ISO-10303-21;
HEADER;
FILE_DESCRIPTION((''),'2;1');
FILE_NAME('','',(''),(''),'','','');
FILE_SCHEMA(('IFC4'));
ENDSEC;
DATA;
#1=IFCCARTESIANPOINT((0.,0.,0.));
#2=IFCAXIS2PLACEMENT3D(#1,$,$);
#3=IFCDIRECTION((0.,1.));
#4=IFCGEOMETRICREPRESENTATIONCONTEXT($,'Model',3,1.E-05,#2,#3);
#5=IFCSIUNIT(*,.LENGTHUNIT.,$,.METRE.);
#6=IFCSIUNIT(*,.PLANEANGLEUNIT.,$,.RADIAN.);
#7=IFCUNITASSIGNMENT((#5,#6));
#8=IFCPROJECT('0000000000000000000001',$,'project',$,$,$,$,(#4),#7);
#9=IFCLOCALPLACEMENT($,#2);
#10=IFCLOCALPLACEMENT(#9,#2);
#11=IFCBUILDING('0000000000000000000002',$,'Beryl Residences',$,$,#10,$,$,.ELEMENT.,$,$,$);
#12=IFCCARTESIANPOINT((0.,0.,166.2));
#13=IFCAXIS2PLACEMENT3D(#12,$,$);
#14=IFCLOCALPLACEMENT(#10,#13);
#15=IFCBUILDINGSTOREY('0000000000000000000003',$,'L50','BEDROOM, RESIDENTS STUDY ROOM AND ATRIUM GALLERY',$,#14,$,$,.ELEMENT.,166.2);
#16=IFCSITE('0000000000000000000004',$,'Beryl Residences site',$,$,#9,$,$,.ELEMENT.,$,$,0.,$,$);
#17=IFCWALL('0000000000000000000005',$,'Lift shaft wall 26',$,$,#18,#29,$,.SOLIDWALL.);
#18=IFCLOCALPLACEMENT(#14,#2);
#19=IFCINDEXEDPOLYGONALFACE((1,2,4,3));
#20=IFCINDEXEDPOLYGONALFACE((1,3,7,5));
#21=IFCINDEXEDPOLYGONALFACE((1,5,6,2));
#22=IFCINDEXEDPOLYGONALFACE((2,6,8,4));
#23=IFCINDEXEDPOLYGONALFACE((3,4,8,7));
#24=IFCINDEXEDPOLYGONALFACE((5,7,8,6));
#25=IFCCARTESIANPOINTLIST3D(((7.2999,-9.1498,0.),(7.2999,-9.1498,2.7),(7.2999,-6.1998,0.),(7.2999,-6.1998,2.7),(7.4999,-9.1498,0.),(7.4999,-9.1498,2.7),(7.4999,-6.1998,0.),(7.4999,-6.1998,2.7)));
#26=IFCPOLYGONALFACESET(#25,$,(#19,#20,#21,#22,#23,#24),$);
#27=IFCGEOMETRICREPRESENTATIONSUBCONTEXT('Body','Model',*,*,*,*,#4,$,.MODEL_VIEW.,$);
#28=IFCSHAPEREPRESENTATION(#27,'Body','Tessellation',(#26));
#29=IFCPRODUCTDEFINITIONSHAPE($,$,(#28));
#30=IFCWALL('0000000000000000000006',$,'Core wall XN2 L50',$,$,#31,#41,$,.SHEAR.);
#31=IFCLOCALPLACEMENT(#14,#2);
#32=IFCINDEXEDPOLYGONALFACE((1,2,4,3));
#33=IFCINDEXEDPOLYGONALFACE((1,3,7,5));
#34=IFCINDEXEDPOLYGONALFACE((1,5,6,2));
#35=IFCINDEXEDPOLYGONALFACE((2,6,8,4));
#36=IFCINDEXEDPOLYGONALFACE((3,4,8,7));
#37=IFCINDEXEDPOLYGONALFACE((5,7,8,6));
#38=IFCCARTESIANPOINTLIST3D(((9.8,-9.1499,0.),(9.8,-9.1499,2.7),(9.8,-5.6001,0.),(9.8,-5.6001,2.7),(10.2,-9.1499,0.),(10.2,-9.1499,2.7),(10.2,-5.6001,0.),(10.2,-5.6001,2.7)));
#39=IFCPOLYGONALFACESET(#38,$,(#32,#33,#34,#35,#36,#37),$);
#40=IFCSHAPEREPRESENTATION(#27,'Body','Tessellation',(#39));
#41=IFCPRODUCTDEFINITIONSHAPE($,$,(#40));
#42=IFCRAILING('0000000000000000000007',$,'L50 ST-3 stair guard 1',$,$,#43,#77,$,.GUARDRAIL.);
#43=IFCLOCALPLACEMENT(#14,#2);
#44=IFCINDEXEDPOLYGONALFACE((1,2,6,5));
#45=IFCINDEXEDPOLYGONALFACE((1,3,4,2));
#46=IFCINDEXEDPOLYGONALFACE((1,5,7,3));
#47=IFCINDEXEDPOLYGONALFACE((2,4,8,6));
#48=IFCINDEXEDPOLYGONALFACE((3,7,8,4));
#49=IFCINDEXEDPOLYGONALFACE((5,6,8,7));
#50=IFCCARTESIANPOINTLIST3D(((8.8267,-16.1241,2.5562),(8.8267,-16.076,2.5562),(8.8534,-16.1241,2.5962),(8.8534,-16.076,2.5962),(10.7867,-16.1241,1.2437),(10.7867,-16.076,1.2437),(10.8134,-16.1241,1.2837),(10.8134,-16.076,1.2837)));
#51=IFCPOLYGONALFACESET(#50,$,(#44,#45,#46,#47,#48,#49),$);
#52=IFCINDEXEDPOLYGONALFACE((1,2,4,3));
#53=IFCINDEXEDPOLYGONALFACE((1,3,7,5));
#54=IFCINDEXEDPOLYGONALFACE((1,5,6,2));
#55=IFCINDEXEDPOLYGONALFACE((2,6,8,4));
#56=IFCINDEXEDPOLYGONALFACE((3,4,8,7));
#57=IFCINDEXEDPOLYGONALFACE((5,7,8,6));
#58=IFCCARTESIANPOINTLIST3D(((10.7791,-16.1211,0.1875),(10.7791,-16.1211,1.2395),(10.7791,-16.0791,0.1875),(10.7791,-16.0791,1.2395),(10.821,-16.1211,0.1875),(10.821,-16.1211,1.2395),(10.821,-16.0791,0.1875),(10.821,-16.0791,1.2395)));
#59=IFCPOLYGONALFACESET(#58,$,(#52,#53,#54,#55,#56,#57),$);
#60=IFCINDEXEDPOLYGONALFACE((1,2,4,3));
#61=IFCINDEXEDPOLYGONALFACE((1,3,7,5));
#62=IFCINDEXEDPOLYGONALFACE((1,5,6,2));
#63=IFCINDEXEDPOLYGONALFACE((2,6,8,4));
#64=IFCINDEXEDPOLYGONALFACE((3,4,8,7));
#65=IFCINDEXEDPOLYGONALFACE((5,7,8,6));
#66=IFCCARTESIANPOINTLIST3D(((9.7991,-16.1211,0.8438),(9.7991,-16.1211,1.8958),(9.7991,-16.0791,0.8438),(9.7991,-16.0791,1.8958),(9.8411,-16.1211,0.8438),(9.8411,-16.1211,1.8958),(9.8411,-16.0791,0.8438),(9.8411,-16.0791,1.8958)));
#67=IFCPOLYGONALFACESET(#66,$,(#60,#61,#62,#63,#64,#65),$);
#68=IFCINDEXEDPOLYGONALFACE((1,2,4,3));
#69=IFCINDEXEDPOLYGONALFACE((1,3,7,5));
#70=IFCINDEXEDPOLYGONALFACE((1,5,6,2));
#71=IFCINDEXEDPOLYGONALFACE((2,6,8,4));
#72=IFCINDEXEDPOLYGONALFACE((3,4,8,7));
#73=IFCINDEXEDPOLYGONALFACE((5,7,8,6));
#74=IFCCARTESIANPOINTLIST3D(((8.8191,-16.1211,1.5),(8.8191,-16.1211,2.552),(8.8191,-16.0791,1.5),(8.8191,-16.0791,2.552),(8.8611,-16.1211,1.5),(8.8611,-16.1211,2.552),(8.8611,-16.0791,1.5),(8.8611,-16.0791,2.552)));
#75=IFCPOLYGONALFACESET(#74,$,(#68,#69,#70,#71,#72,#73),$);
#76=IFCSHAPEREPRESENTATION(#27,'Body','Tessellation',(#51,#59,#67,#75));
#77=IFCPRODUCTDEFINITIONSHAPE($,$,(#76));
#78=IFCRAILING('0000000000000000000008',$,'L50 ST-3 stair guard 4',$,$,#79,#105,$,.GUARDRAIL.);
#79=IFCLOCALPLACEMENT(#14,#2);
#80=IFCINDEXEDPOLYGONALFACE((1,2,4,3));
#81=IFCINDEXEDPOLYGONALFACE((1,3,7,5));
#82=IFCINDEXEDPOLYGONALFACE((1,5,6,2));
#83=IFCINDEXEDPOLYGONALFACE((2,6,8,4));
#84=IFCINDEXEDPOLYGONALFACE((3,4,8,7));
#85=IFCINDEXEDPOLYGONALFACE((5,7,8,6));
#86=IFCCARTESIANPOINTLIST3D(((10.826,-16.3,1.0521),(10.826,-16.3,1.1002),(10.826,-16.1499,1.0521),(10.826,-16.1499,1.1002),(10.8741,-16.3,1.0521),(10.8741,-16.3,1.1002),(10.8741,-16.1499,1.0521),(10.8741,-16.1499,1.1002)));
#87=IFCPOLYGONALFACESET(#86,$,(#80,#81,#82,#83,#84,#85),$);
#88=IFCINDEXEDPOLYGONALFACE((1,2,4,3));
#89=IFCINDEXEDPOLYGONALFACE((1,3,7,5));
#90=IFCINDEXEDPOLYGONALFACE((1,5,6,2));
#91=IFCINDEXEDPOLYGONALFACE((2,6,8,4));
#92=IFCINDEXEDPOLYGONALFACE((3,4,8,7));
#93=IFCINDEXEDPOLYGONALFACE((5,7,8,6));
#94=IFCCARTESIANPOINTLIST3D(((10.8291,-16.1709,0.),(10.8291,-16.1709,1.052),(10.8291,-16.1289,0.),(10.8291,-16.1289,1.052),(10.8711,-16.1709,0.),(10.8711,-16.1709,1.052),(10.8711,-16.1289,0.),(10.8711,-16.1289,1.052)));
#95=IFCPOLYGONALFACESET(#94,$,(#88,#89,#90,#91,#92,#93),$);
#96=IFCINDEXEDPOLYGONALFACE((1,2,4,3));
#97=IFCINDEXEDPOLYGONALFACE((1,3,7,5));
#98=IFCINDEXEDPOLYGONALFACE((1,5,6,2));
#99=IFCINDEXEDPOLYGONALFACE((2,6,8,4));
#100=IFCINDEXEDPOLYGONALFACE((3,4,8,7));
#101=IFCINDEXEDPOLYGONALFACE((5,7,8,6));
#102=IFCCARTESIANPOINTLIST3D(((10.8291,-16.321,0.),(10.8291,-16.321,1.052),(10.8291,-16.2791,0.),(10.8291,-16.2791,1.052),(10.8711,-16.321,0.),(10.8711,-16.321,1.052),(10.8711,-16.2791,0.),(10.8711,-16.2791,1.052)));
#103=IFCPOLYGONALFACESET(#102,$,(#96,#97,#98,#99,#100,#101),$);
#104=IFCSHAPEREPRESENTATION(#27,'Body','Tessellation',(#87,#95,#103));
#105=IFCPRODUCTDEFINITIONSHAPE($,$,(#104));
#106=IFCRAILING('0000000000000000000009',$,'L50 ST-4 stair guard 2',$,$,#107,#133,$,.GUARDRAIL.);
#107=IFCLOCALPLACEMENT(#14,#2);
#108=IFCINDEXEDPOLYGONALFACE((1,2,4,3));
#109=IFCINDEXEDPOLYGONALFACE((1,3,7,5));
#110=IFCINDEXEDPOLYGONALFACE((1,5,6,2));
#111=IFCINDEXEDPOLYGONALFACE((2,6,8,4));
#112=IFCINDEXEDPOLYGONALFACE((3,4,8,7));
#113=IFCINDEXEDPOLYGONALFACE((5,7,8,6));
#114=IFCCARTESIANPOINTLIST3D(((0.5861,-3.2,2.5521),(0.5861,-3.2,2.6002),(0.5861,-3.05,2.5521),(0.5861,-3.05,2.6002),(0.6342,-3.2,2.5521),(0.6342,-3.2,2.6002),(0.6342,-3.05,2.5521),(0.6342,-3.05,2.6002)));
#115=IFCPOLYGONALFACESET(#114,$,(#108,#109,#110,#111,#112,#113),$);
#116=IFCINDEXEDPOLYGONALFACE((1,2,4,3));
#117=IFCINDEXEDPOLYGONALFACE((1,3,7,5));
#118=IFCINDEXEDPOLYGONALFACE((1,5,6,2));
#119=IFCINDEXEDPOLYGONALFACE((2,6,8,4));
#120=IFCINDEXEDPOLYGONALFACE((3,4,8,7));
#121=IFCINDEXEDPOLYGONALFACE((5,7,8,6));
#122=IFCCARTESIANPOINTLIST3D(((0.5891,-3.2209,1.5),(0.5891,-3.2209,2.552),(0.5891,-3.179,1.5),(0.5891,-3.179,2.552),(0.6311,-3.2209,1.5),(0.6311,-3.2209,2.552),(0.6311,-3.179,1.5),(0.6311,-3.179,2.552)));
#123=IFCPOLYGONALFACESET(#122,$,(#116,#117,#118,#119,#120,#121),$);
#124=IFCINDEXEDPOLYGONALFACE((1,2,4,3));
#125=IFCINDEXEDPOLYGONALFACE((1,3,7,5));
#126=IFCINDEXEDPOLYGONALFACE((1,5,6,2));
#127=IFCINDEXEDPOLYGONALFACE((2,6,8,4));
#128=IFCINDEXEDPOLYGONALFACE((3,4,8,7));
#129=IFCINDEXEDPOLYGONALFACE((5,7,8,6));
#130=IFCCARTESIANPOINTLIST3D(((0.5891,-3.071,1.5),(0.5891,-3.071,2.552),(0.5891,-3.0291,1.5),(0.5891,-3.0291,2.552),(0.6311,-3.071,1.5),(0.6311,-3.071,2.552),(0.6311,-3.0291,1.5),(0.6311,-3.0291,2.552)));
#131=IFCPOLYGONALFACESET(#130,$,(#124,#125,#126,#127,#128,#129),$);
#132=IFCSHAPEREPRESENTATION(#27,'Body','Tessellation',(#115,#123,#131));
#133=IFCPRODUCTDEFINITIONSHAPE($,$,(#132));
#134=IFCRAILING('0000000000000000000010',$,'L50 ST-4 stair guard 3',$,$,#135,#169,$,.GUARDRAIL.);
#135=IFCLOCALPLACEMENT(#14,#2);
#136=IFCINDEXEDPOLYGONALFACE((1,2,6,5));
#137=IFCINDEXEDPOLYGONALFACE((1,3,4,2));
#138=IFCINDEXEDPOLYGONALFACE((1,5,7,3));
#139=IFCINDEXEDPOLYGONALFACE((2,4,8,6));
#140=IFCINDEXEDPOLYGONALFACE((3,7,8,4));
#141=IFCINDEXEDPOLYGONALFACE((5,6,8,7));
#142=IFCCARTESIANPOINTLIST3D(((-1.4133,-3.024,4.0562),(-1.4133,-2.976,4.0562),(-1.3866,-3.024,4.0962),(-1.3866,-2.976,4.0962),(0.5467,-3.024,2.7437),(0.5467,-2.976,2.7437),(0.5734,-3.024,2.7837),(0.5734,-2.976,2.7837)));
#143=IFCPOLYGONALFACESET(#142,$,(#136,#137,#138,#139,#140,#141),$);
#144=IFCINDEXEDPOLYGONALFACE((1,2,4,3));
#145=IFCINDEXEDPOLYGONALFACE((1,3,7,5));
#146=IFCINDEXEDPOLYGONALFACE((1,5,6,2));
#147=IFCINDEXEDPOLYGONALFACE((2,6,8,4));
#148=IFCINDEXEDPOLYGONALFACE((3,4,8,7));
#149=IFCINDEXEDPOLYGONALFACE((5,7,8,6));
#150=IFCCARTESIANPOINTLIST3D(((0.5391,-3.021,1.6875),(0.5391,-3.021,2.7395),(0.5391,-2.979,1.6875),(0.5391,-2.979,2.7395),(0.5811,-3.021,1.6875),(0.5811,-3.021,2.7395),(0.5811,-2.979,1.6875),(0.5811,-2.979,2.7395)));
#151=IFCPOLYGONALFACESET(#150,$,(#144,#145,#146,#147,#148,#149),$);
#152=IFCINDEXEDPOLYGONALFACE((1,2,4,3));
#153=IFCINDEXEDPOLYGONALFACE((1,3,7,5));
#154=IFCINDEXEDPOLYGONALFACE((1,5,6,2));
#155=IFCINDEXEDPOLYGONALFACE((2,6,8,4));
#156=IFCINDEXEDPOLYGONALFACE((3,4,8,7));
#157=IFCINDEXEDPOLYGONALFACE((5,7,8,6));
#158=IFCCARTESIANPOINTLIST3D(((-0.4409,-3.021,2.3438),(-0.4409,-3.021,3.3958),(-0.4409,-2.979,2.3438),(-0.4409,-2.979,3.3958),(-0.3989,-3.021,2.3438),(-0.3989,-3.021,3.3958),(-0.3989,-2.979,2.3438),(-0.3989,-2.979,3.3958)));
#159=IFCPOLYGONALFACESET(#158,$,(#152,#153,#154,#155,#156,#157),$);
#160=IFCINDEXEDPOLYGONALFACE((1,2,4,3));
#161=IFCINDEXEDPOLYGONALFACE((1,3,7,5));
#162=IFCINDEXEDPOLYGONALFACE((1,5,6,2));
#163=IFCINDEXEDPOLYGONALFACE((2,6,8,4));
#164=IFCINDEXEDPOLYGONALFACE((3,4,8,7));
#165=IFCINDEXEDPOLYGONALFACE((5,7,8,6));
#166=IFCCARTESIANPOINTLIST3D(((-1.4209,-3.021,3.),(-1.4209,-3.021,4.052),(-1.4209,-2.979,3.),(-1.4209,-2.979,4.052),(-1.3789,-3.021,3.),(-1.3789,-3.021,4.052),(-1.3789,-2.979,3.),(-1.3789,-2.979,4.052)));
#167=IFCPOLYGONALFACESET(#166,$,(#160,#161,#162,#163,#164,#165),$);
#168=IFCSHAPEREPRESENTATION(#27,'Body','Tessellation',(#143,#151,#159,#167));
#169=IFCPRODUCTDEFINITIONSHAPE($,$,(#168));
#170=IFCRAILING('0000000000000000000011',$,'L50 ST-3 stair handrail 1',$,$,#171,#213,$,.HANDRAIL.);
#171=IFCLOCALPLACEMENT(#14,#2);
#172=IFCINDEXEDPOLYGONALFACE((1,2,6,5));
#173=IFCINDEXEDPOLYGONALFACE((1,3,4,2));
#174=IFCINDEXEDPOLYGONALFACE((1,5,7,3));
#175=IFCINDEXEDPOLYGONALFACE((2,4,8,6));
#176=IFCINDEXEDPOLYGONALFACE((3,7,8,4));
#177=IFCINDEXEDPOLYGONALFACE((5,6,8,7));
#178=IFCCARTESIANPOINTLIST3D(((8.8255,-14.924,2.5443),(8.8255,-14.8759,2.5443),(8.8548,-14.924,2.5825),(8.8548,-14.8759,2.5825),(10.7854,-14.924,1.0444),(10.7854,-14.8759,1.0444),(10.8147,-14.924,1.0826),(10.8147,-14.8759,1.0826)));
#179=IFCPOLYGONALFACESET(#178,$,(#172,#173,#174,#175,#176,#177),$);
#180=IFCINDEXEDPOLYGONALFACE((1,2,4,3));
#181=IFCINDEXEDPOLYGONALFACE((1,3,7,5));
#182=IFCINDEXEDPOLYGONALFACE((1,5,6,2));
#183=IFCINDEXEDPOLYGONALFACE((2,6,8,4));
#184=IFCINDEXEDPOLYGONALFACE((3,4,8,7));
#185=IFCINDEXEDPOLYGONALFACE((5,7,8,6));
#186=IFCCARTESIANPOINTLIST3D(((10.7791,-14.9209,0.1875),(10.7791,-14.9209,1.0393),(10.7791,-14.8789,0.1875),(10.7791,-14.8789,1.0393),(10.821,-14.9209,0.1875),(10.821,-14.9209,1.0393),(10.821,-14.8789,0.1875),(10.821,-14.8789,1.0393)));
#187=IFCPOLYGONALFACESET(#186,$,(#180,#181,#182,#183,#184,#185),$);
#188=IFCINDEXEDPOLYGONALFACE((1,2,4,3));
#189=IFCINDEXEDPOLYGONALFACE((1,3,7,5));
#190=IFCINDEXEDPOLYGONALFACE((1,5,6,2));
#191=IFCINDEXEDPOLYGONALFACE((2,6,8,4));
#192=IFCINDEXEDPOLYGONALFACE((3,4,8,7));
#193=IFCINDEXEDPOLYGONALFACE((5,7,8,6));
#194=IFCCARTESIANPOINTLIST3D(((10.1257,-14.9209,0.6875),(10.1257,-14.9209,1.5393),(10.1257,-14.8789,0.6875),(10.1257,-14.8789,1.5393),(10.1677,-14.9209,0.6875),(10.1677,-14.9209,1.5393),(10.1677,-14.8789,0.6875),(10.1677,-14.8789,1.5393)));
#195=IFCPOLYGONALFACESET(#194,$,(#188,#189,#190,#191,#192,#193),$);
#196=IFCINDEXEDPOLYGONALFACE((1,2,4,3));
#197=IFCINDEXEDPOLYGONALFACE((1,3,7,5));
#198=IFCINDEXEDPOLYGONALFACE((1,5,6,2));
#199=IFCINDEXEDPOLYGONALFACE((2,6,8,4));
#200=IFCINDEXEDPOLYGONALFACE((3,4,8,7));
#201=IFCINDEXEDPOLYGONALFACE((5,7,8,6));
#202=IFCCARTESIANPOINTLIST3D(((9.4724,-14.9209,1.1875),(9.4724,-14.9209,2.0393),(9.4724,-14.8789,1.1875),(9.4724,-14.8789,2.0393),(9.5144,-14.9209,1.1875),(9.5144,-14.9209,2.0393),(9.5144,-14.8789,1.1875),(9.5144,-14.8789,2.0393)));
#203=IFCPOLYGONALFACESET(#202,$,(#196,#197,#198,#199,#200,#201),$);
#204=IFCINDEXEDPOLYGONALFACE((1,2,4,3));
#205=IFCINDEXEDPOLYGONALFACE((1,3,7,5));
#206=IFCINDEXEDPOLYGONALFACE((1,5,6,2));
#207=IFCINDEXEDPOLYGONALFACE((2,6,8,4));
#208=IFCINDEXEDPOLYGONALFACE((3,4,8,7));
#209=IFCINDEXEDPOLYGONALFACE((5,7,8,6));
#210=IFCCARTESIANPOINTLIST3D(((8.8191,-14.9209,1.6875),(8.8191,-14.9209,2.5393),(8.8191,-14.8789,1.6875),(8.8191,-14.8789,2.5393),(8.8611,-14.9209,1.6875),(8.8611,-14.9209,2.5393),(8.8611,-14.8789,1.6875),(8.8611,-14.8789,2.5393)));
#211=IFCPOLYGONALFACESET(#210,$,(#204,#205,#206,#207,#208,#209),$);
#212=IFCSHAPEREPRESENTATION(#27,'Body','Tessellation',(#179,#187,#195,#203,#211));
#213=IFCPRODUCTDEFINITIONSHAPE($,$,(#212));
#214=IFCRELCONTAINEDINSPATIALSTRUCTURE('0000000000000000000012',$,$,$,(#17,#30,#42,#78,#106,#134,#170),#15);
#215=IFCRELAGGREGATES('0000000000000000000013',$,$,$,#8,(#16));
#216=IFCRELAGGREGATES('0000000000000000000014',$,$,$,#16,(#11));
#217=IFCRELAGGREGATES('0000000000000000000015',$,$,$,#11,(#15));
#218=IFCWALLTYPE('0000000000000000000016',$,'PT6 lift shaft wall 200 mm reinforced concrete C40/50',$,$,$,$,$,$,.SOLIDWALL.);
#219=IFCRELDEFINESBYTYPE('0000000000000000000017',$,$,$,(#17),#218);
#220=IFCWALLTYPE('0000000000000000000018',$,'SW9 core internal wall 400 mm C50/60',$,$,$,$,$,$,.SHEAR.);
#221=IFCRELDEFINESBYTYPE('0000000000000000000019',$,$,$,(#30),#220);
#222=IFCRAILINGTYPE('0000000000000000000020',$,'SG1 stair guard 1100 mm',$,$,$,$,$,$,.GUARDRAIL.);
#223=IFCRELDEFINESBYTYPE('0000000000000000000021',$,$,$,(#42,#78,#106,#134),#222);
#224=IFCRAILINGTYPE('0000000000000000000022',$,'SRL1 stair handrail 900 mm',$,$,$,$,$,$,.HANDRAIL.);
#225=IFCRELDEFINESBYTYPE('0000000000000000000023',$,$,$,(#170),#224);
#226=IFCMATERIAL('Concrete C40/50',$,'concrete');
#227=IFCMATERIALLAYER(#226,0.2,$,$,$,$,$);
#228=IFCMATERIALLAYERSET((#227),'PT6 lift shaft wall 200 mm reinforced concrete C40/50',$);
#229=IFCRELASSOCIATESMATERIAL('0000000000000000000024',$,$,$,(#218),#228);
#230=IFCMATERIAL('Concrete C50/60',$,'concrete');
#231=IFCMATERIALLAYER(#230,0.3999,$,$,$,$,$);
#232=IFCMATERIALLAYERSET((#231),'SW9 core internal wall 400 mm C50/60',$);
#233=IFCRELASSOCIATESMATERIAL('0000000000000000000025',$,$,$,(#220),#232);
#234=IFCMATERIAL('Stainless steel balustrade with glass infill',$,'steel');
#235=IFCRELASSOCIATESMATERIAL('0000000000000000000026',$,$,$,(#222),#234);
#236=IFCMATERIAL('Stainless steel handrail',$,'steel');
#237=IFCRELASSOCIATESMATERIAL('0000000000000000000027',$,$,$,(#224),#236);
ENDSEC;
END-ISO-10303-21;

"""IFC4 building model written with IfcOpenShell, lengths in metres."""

from ifc_helpers import new_model, si_unit, direction, frame, frame_2d, origin, origin_2d, place, context, subcontext, project, spatial, rectangle, extrude, material, layer, layer_set, type_object, element, save


model = new_model("IFC4")

# Units and contexts
model_context = context("Model", 3, precision=1e-05, world=origin(), true_north=direction((0.0, 1.0)))
body_context = subcontext(model_context, "Body", "Model", "MODEL_VIEW")
ifc_project = project(units=[si_unit("LENGTHUNIT", "METRE"), si_unit("PLANEANGLEUNIT", "RADIAN")], contexts=[model_context])

# Site, building, storey
site_placement = place(None, origin())
site = spatial("IfcSite", under=ifc_project, at=site_placement, Name="Beryl Residences site", CompositionType="ELEMENT", RefElevation=0.0)
building_placement = place(site_placement, origin())
building = spatial("IfcBuilding", under=site, at=building_placement, Name="Beryl Residences", CompositionType="ELEMENT")
storey_placement = place(building_placement, frame((0.0, 0.0, 166.2)))
storey = spatial("IfcBuildingStorey", under=building, at=storey_placement, Name="L50", Description="BEDROOM, RESIDENTS STUDY ROOM AND ATRIUM GALLERY", CompositionType="ELEMENT", Elevation=166.2)

# Walls
ifc_material_1 = material(Name="Concrete C40/50", Category="concrete")
ifc_layer_1 = layer(ifc_material_1, 0.2)
ifc_layer_set_1 = layer_set([ifc_layer_1], Name="PT6 lift shaft wall 200 mm reinforced concrete C40/50")
wall_type_1 = type_object("IfcWallType", Name="PT6 lift shaft wall 200 mm reinforced concrete C40/50", PredefinedType="SOLIDWALL", material=ifc_layer_set_1)
for number, where, z_axis, x_axis, name in (
    (1, (7.3999, -9.1499, 0.0), (0.0, 0.0, 1.0), (0.0, 1.0, 0.0), "Lift shaft wall 26"),
):
    element("IfcWall", number, at=place(storey_placement, frame(where, z_axis=z_axis, x_axis=x_axis)), inside=storey, type_object=wall_type_1, Name=name, PredefinedType="SOLIDWALL", context=body_context, shape_type="SweptSolid", body=[
        extrude(rectangle(XDim=2.95, YDim=0.2, at=frame_2d((1.4751, 0.0))), origin(), (0.0, 0.0, 1.0), 2.7),
    ])
ifc_material_2 = material(Name="Concrete C50/60", Category="concrete")
ifc_layer_2 = layer(ifc_material_2, 0.3999)
ifc_layer_set_2 = layer_set([ifc_layer_2], Name="SW9 core internal wall 400 mm C50/60")
wall_type_2 = type_object("IfcWallType", Name="SW9 core internal wall 400 mm C50/60", PredefinedType="SHEAR", material=ifc_layer_set_2)
wall_1_placement = place(storey_placement, frame((10.0, -9.1499, 0.0), z_axis=(0.0, 0.0, 1.0), x_axis=(0.0, 1.0, 0.0)))
element("IfcWall", 2, at=wall_1_placement, inside=storey, type_object=wall_type_2, Name="Core wall XN2 L50", PredefinedType="SHEAR", context=body_context, shape_type="SweptSolid", body=[
    extrude(rectangle(XDim=3.5498, YDim=0.3999, at=frame_2d((1.7749, 0.0))), origin(), (0.0, 0.0, 1.0), 2.7),
])

# Railings
ifc_material_3 = material(Name="Stainless steel balustrade with glass infill", Category="steel")
railing_type_1 = type_object("IfcRailingType", Name="SG1 stair guard 1100 mm", PredefinedType="GUARDRAIL", material=ifc_material_3)
railing_1_placement = place(storey_placement, frame((10.8, -16.1001, 0.1875)))
element("IfcRailing", 3, at=railing_1_placement, inside=storey, type_object=railing_type_1, Name="L50 ST-3 stair guard 1", PredefinedType="GUARDRAIL", context=body_context, shape_type="SweptSolid", body=[
    extrude(rectangle(XDim=0.0481, YDim=0.0481, at=origin_2d()), frame((0.0, 0.0, 1.0762), z_axis=(-0.830902, 0.0, 0.556419), x_axis=(0.0, -1.0, 0.0)), (0.0, 0.0, 1.0), 2.3589),
    extrude(rectangle(XDim=0.042, YDim=0.042, at=origin_2d()), origin(), (0.0, 0.0, 1.0), 1.052),
    extrude(rectangle(XDim=0.042, YDim=0.042, at=origin_2d()), frame((-0.98, 0.0, 0.6562)), (0.0, 0.0, 1.0), 1.052),
    extrude(rectangle(XDim=0.042, YDim=0.042, at=origin_2d()), frame((-1.96, 0.0, 1.3125)), (0.0, 0.0, 1.0), 1.052),
])
railing_2_placement = place(storey_placement, frame((10.8501, -16.1499, 0.0)))
element("IfcRailing", 4, at=railing_2_placement, inside=storey, type_object=railing_type_1, Name="L50 ST-3 stair guard 4", PredefinedType="GUARDRAIL", context=body_context, shape_type="SweptSolid", body=[
    extrude(rectangle(XDim=0.0481, YDim=0.0481, at=origin_2d()), frame((0.0, 0.0, 1.0762), z_axis=(0.0, -1.0, 0.0), x_axis=(1.0, 0.0, 0.0)), (0.0, 0.0, 1.0), 0.1501),
    extrude(rectangle(XDim=0.042, YDim=0.042, at=origin_2d()), origin(), (0.0, 0.0, 1.0), 1.052),
    extrude(rectangle(XDim=0.042, YDim=0.042, at=origin_2d()), frame((0.0, -0.1501, 0.0)), (0.0, 0.0, 1.0), 1.052),
])
railing_3_placement = place(storey_placement, frame((0.6101, -3.2, 1.5)))
element("IfcRailing", 5, at=railing_3_placement, inside=storey, type_object=railing_type_1, Name="L50 ST-4 stair guard 2", PredefinedType="GUARDRAIL", context=body_context, shape_type="SweptSolid", body=[
    extrude(rectangle(XDim=0.0481, YDim=0.0481, at=origin_2d()), frame((0.0, 0.0, 1.0762), z_axis=(0.0, 1.0, 0.0), x_axis=(-1.0, 0.0, 0.0)), (0.0, 0.0, 1.0), 0.1499),
    extrude(rectangle(XDim=0.042, YDim=0.042, at=origin_2d()), origin(), (0.0, 0.0, 1.0), 1.052),
    extrude(rectangle(XDim=0.042, YDim=0.042, at=origin_2d()), frame((0.0, 0.1499, 0.0)), (0.0, 0.0, 1.0), 1.052),
])
railing_4_placement = place(storey_placement, frame((0.5601, -3.0, 1.6875)))
element("IfcRailing", 6, at=railing_4_placement, inside=storey, type_object=railing_type_1, Name="L50 ST-4 stair guard 3", PredefinedType="GUARDRAIL", context=body_context, shape_type="SweptSolid", body=[
    extrude(rectangle(XDim=0.0481, YDim=0.0481, at=origin_2d()), frame((0.0, 0.0, 1.0762), z_axis=(-0.830902, 0.0, 0.556419), x_axis=(0.0, -1.0, 0.0)), (0.0, 0.0, 1.0), 2.3589),
    extrude(rectangle(XDim=0.042, YDim=0.042, at=origin_2d()), origin(), (0.0, 0.0, 1.0), 1.052),
    extrude(rectangle(XDim=0.042, YDim=0.042, at=origin_2d()), frame((-0.98, 0.0, 0.6562)), (0.0, 0.0, 1.0), 1.052),
    extrude(rectangle(XDim=0.042, YDim=0.042, at=origin_2d()), frame((-1.96, 0.0, 1.3125)), (0.0, 0.0, 1.0), 1.052),
])
ifc_material_4 = material(Name="Stainless steel handrail", Category="steel")
railing_type_2 = type_object("IfcRailingType", Name="SRL1 stair handrail 900 mm", PredefinedType="HANDRAIL", material=ifc_material_4)
railing_5_placement = place(storey_placement, frame((10.8, -14.8999, 0.1875)))
element("IfcRailing", 7, at=railing_5_placement, inside=storey, type_object=railing_type_2, Name="L50 ST-3 stair handrail 1", PredefinedType="HANDRAIL", context=body_context, shape_type="SweptSolid", body=[
    extrude(rectangle(XDim=0.0481, YDim=0.0481, at=origin_2d()), frame((0.0, 0.0, 0.876), z_axis=(-0.794122, 0.0, 0.607758), x_axis=(0.0, -1.0, 0.0)), (0.0, 0.0, 1.0), 2.468),
    extrude(rectangle(XDim=0.042, YDim=0.042, at=origin_2d()), origin(), (0.0, 0.0, 1.0), 0.8518),
    extrude(rectangle(XDim=0.042, YDim=0.042, at=origin_2d()), frame((-0.6533, 0.0, 0.5)), (0.0, 0.0, 1.0), 0.8518),
    extrude(rectangle(XDim=0.042, YDim=0.042, at=origin_2d()), frame((-1.3066, 0.0, 1.0)), (0.0, 0.0, 1.0), 0.8518),
    extrude(rectangle(XDim=0.042, YDim=0.042, at=origin_2d()), frame((-1.96, 0.0, 1.5)), (0.0, 0.0, 1.0), 0.8518),
])

save(model, "model.ifc")
